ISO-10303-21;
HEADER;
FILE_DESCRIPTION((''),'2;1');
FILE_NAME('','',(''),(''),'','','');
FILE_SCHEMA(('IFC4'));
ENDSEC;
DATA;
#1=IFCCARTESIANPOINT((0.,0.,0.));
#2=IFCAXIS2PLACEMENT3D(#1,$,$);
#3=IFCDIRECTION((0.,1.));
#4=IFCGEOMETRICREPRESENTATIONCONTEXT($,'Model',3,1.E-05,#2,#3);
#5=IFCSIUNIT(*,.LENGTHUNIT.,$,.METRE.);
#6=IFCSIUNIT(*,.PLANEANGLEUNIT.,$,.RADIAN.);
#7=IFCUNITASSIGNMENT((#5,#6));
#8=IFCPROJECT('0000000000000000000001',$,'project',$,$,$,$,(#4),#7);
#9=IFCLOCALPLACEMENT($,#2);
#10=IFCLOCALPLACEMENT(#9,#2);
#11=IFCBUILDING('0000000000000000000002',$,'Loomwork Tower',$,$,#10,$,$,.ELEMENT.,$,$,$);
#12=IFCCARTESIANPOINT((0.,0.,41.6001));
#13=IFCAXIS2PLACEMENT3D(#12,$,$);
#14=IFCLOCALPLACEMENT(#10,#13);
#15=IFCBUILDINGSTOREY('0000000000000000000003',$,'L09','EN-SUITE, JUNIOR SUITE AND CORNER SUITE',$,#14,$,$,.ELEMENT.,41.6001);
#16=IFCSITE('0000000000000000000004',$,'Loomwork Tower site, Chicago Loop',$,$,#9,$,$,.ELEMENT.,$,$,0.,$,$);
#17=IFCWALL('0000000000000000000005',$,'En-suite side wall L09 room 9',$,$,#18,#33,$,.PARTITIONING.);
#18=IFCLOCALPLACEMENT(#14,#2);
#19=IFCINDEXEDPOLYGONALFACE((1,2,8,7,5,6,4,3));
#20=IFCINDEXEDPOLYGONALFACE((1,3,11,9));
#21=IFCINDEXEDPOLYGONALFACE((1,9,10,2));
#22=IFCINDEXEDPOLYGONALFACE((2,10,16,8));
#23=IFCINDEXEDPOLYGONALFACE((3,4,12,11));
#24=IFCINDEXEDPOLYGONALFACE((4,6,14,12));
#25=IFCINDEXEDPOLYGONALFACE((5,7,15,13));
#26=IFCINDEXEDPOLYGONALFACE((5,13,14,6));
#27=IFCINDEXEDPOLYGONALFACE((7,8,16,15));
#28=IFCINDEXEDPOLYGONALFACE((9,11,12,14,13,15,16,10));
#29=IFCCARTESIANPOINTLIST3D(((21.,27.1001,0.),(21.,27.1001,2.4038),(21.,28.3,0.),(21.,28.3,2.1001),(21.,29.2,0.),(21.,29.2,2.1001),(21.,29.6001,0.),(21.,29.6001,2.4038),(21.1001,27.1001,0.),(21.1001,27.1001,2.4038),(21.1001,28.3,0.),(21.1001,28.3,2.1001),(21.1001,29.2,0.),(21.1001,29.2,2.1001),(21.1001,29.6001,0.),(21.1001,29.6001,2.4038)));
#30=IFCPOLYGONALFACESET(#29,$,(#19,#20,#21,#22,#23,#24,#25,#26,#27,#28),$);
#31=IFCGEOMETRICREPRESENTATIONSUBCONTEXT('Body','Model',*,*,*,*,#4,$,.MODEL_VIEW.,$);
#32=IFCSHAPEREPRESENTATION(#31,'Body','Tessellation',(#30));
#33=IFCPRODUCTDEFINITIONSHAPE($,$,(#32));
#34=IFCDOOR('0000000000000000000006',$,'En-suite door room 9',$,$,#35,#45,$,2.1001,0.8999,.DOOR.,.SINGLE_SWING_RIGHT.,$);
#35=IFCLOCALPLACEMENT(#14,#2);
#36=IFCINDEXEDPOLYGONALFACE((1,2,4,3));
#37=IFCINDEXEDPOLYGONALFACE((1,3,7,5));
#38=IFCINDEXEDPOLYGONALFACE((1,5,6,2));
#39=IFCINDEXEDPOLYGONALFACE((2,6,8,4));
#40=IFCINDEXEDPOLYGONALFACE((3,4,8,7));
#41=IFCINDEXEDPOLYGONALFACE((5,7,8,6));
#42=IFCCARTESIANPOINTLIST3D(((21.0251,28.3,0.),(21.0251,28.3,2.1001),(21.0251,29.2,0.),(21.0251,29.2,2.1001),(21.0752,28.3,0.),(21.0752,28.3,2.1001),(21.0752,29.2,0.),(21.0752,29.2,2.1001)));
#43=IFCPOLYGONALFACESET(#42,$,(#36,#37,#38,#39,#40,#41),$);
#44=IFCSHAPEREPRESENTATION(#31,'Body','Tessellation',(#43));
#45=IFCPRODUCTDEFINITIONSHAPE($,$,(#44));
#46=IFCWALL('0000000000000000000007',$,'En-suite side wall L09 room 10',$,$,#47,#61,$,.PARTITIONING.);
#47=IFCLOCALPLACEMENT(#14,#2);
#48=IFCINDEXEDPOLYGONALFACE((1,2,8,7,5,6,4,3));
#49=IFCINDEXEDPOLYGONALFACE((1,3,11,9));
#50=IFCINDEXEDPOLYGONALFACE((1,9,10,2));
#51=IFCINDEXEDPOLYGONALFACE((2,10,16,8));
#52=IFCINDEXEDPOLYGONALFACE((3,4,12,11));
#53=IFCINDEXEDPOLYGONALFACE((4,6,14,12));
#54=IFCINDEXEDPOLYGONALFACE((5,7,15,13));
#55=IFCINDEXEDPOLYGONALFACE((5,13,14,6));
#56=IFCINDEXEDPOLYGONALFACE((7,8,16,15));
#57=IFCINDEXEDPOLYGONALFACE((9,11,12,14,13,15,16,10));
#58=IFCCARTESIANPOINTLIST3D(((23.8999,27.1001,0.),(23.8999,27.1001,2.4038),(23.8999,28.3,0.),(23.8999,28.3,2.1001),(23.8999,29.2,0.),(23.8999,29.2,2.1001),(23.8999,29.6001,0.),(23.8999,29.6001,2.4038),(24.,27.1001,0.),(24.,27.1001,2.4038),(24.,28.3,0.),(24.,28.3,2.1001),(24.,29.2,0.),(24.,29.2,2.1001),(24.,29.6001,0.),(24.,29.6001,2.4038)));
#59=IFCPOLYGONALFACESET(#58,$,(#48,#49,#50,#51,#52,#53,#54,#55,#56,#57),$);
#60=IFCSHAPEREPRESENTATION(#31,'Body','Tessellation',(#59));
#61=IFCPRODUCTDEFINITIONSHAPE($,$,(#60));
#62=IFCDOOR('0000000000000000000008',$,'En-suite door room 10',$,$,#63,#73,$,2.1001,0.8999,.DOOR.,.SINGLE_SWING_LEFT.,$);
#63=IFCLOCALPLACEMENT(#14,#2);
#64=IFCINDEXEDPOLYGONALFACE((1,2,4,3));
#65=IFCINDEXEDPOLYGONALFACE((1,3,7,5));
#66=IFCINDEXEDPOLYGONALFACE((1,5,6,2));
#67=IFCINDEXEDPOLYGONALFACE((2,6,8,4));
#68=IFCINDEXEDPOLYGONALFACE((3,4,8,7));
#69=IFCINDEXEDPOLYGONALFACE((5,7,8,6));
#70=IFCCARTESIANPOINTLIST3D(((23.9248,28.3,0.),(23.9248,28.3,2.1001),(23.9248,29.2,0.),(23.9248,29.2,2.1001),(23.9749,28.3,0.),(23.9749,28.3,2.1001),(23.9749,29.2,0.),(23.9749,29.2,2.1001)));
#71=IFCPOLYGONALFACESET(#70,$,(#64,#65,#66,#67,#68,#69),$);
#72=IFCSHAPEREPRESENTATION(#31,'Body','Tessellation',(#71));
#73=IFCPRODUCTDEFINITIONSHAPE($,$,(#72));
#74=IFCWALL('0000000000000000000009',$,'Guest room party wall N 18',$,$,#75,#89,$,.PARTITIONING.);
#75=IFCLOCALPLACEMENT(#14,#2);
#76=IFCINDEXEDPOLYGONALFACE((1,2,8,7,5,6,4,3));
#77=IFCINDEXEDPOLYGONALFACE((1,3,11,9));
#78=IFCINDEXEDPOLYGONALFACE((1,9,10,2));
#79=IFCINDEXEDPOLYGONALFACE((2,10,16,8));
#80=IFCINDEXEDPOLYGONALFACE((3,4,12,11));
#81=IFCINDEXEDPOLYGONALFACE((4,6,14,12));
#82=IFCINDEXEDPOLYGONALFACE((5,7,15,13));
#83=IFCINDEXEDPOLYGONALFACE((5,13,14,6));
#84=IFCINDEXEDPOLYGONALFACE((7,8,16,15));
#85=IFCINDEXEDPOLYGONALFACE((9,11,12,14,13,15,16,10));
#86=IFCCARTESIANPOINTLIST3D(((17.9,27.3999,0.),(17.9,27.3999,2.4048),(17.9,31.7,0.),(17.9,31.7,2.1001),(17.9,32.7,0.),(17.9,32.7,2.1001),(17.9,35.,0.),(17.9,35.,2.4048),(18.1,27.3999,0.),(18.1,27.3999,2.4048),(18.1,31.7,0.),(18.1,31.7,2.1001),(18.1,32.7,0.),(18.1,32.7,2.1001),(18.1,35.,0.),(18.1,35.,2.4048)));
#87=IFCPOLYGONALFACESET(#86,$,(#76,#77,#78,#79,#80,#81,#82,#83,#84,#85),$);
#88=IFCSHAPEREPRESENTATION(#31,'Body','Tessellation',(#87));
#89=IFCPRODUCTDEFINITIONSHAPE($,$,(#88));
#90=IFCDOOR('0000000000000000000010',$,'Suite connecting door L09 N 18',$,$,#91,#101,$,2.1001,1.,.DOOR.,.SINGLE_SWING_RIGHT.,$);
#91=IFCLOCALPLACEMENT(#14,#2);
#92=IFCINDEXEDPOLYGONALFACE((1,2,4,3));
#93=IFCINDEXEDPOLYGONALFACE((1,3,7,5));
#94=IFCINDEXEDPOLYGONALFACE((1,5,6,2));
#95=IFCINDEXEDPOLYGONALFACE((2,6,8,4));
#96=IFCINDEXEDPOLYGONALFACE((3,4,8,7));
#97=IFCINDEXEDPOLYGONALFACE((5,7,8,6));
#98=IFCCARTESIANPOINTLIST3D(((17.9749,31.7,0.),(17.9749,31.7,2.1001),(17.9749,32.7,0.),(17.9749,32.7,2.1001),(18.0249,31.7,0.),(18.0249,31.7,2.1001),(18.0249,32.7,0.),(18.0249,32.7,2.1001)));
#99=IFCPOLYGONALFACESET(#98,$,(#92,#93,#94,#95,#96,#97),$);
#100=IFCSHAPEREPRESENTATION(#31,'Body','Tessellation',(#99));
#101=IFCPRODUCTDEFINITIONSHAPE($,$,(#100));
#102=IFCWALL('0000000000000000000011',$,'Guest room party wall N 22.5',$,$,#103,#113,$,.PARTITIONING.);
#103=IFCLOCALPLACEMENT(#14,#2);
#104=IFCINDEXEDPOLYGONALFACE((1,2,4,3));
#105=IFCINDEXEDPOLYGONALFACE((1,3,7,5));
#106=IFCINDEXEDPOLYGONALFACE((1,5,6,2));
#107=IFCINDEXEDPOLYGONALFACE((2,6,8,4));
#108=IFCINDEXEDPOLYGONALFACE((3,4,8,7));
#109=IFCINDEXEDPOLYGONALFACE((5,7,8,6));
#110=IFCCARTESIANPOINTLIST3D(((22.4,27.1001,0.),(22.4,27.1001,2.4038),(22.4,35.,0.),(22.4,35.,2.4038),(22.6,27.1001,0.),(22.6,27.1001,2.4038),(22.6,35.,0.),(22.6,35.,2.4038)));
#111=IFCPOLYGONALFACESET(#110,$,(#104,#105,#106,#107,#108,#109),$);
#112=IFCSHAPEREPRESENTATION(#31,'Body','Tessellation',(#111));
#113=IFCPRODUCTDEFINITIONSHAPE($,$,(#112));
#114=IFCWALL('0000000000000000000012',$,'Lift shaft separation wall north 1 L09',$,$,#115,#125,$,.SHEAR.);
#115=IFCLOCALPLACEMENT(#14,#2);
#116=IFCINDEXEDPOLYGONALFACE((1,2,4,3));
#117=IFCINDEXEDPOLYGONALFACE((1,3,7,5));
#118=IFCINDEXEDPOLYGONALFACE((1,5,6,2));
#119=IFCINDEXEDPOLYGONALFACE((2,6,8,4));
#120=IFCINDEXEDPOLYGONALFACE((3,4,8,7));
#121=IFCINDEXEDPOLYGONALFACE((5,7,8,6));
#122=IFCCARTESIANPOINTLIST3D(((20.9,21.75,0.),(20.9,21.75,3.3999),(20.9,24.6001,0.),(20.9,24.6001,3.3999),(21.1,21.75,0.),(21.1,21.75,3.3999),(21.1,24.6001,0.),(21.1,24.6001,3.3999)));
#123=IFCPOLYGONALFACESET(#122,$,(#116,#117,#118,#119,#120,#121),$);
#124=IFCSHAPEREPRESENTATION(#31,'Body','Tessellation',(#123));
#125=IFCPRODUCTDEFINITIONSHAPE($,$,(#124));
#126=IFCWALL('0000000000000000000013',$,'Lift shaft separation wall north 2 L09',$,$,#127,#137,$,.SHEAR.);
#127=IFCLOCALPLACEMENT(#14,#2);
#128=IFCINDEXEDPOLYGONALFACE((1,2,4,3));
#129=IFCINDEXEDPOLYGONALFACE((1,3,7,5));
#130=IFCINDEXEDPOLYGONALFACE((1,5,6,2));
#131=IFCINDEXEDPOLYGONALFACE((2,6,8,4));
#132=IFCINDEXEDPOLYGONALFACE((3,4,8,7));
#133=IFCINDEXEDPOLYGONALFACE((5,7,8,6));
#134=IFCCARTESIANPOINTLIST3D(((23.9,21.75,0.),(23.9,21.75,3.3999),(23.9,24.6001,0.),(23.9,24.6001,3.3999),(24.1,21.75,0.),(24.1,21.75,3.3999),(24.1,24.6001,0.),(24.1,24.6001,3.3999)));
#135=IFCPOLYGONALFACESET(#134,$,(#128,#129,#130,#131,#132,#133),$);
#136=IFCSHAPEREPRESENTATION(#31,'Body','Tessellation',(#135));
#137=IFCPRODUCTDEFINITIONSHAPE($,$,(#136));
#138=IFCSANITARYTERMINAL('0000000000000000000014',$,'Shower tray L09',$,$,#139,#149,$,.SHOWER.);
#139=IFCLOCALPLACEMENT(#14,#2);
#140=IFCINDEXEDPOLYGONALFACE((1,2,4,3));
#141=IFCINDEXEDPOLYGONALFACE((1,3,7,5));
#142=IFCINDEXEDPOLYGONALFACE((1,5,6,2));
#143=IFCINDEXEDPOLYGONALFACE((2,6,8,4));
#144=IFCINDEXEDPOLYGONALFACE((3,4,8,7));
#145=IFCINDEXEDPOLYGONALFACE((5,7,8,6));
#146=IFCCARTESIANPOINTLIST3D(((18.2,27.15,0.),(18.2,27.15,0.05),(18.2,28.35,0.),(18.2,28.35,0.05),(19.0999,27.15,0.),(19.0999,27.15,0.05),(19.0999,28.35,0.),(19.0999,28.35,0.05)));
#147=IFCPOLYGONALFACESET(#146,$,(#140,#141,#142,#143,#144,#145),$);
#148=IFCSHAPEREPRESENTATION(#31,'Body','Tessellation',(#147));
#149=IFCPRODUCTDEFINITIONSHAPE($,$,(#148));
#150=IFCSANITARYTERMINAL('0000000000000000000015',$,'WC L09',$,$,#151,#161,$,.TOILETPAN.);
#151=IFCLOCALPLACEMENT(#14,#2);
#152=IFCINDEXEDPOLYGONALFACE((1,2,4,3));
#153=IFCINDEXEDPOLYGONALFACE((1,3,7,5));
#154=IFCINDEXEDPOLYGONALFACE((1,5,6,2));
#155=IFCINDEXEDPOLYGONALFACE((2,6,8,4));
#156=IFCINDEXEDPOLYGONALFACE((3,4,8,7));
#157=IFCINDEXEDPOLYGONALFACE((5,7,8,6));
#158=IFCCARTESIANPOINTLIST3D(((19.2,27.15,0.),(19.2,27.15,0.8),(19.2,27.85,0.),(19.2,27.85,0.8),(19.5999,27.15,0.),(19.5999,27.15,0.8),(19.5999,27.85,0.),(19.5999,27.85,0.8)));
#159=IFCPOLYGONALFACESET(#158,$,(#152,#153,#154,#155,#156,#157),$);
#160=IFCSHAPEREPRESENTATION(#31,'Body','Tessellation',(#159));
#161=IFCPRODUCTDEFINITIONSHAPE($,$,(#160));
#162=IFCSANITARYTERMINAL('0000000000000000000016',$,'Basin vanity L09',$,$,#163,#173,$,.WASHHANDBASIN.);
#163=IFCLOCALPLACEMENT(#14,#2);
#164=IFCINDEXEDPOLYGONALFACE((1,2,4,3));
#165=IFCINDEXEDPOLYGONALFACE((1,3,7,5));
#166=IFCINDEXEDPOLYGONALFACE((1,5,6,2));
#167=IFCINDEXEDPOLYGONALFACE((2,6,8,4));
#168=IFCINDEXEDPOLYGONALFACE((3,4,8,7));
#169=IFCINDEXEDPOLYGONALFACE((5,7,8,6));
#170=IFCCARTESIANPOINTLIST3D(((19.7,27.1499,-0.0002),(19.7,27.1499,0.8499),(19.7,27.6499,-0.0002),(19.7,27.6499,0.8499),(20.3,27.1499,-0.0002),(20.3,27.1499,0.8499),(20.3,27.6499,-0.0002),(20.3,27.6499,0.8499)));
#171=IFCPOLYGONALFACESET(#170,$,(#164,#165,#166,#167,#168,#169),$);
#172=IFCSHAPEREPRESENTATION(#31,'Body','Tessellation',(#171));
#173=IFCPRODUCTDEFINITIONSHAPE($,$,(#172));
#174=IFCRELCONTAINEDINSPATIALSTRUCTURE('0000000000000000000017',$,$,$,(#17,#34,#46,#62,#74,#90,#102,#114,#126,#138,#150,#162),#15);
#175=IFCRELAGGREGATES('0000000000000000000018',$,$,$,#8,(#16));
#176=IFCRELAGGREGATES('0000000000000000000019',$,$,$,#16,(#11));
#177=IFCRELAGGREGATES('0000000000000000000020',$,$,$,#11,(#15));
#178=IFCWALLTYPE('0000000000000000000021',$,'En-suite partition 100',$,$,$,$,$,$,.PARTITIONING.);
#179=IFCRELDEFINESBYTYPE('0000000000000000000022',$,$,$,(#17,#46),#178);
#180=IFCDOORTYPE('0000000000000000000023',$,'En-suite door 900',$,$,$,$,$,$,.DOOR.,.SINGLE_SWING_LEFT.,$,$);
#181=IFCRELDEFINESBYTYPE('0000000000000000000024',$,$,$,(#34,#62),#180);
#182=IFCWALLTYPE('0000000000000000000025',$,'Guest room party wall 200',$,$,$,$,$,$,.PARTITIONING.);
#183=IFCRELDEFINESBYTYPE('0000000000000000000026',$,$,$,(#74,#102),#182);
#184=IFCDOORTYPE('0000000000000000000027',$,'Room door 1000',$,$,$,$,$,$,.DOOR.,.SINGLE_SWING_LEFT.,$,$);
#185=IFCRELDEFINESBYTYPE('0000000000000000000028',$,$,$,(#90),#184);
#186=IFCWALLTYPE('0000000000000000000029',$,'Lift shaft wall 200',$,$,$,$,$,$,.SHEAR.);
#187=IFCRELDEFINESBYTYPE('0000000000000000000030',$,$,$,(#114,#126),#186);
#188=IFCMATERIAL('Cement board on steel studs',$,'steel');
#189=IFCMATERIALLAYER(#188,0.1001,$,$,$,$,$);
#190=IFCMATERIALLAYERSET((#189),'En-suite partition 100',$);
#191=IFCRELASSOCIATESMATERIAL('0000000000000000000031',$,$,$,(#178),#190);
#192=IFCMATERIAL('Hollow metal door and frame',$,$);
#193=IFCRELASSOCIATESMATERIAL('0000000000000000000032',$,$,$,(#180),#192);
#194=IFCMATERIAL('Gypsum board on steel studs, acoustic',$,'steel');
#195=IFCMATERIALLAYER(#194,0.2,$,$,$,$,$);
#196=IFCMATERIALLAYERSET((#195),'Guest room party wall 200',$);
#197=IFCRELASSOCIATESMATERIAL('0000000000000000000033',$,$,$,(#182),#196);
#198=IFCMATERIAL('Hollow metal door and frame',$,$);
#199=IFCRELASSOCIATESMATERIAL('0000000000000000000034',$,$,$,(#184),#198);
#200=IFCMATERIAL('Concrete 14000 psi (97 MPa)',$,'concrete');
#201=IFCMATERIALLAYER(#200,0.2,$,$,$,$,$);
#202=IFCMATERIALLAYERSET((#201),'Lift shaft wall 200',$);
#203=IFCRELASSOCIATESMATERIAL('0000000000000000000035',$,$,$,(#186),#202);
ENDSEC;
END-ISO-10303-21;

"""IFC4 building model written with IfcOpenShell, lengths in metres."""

from ifc_helpers import new_model, si_unit, direction, frame, frame_2d, origin, origin_2d, place, context, subcontext, project, spatial, rectangle, extrude, material, layer, layer_set, type_object, element, fill, save


model = new_model("IFC4")

# Units and contexts
model_context = context("Model", 3, precision=1e-05, world=origin(), true_north=direction((0.0, 1.0)))
body_context = subcontext(model_context, "Body", "Model", "MODEL_VIEW")
ifc_project = project(units=[si_unit("LENGTHUNIT", "METRE"), si_unit("PLANEANGLEUNIT", "RADIAN")], contexts=[model_context])

# Site, building, storey
site_placement = place(None, origin())
site = spatial("IfcSite", under=ifc_project, at=site_placement, Name="Loomwork Tower site, Chicago Loop", CompositionType="ELEMENT", RefElevation=0.0)
building_placement = place(site_placement, origin())
building = spatial("IfcBuilding", under=site, at=building_placement, Name="Loomwork Tower", CompositionType="ELEMENT")
storey_placement = place(building_placement, frame((0.0, 0.0, 41.6001)))
storey = spatial("IfcBuildingStorey", under=building, at=storey_placement, Name="L09", Description="EN-SUITE, JUNIOR SUITE AND CORNER SUITE", CompositionType="ELEMENT", Elevation=41.6001)

# Shared definitions
ifc_material_1 = material(Name="Cement board on steel studs", Category="steel")
ifc_layer_1 = layer(ifc_material_1, 0.1001)
ifc_layer_set_1 = layer_set([ifc_layer_1], Name="En-suite partition 100")
wall_type_1 = type_object("IfcWallType", Name="En-suite partition 100", PredefinedType="PARTITIONING", material=ifc_layer_set_1)

# Walls, openings, doors
wall_1_placement = place(storey_placement, frame((21.05, 27.1001, 0.0), z_axis=(0.0, 0.0, 1.0), x_axis=(0.0, 1.0, 0.0)))
wall_1 = element("IfcWall", 1, at=wall_1_placement, inside=storey, type_object=wall_type_1, Name="En-suite side wall L09 room 9", PredefinedType="PARTITIONING", context=body_context, shape_type="SweptSolid", body=[
    extrude(rectangle(XDim=2.5, YDim=0.1001, at=frame_2d((1.25, 0.0))), origin(), (0.0, 0.0, 1.0), 2.4038),
])
opening_1_placement = place(wall_1_placement, frame((1.2, 0.0, 0.0)))
opening_1 = element("IfcOpeningElement", 2, at=opening_1_placement, cuts=wall_1, PredefinedType="OPENING", context=body_context, shape_type="SweptSolid", body=[
    extrude(rectangle(XDim=0.8999, YDim=2.1001, at=frame_2d((0.45, 1.05))), frame((0.0, 0.0601, 0.0), z_axis=(0.0, -1.0, 0.0), x_axis=(1.0, 0.0, 0.0)), (0.0, 0.0, 1.0), 0.1201),
])
ifc_material_2 = material(Name="Hollow metal door and frame")
door_type_1 = type_object("IfcDoorType", Name="En-suite door 900", OperationType="SINGLE_SWING_LEFT", PredefinedType="DOOR", material=ifc_material_2)
door_1_placement = place(opening_1_placement, origin())
door_1 = element("IfcDoor", 3, at=door_1_placement, inside=storey, type_object=door_type_1, Name="En-suite door room 9", OperationType="SINGLE_SWING_RIGHT", OverallHeight=2.1001, OverallWidth=0.8999, PredefinedType="DOOR", context=body_context, shape_type="SweptSolid", body=[
    extrude(rectangle(XDim=0.8999, YDim=2.1001, at=frame_2d((0.45, 1.05))), frame((0.0, 0.0249, 0.0), z_axis=(0.0, -1.0, 0.0), x_axis=(1.0, 0.0, 0.0)), (0.0, 0.0, 1.0), 0.05),
])
fill(opening_1, door_1)
wall_2_placement = place(storey_placement, frame((23.95, 27.1001, 0.0), z_axis=(0.0, 0.0, 1.0), x_axis=(0.0, 1.0, 0.0)))
wall_2 = element("IfcWall", 4, at=wall_2_placement, inside=storey, type_object=wall_type_1, Name="En-suite side wall L09 room 10", PredefinedType="PARTITIONING", context=body_context, shape_type="SweptSolid", body=[
    extrude(rectangle(XDim=2.5, YDim=0.1001, at=frame_2d((1.25, 0.0))), origin(), (0.0, 0.0, 1.0), 2.4038),
])
opening_2_placement = place(wall_2_placement, frame((1.2, 0.0, 0.0)))
opening_2 = element("IfcOpeningElement", 5, at=opening_2_placement, cuts=wall_2, PredefinedType="OPENING", context=body_context, shape_type="SweptSolid", body=[
    extrude(rectangle(XDim=0.8999, YDim=2.1001, at=frame_2d((0.45, 1.05))), frame((0.0, 0.0601, 0.0), z_axis=(0.0, -1.0, 0.0), x_axis=(1.0, 0.0, 0.0)), (0.0, 0.0, 1.0), 0.1201),
])
door_2_placement = place(opening_2_placement, frame((0.8999, 0.0, 0.0), z_axis=(0.0, 0.0, 1.0), x_axis=(-1.0, 0.0, 0.0)))
door_2 = element("IfcDoor", 6, at=door_2_placement, inside=storey, type_object=door_type_1, Name="En-suite door room 10", OperationType="SINGLE_SWING_LEFT", OverallHeight=2.1001, OverallWidth=0.8999, PredefinedType="DOOR", context=body_context, shape_type="SweptSolid", body=[
    extrude(rectangle(XDim=0.8999, YDim=2.1001, at=frame_2d((0.45, 1.05))), frame((0.0, 0.0249, 0.0), z_axis=(0.0, -1.0, 0.0), x_axis=(1.0, 0.0, 0.0)), (0.0, 0.0, 1.0), 0.05),
])
fill(opening_2, door_2)
ifc_material_3 = material(Name="Gypsum board on steel studs, acoustic", Category="steel")
ifc_layer_2 = layer(ifc_material_3, 0.2)
ifc_layer_set_2 = layer_set([ifc_layer_2], Name="Guest room party wall 200")
wall_type_2 = type_object("IfcWallType", Name="Guest room party wall 200", PredefinedType="PARTITIONING", material=ifc_layer_set_2)
wall_3_placement = place(storey_placement, frame((18.0, 27.3999, 0.0), z_axis=(0.0, 0.0, 1.0), x_axis=(0.0, 1.0, 0.0)))
wall_3 = element("IfcWall", 7, at=wall_3_placement, inside=storey, type_object=wall_type_2, Name="Guest room party wall N 18", PredefinedType="PARTITIONING", context=body_context, shape_type="SweptSolid", body=[
    extrude(rectangle(XDim=7.6001, YDim=0.2, at=frame_2d((3.8, 0.0))), origin(), (0.0, 0.0, 1.0), 2.4048),
])
opening_3_placement = place(wall_3_placement, frame((4.3, 0.0, 0.0)))
opening_3 = element("IfcOpeningElement", 8, at=opening_3_placement, cuts=wall_3, PredefinedType="OPENING", context=body_context, shape_type="SweptSolid", body=[
    extrude(rectangle(XDim=1.0, YDim=2.1001, at=frame_2d((0.5, 1.05))), frame((0.0, 0.1099, 0.0), z_axis=(0.0, -1.0, 0.0), x_axis=(1.0, 0.0, 0.0)), (0.0, 0.0, 1.0), 0.22),
])
ifc_material_4 = material(Name="Hollow metal door and frame")
door_type_2 = type_object("IfcDoorType", Name="Room door 1000", OperationType="SINGLE_SWING_LEFT", PredefinedType="DOOR", material=ifc_material_4)
door_3_placement = place(opening_3_placement, frame((1.0, 0.0, 0.0), z_axis=(0.0, 0.0, 1.0), x_axis=(-1.0, 0.0, 0.0)))
door_3 = element("IfcDoor", 9, at=door_3_placement, inside=storey, type_object=door_type_2, Name="Suite connecting door L09 N 18", OperationType="SINGLE_SWING_RIGHT", OverallHeight=2.1001, OverallWidth=1.0, PredefinedType="DOOR", context=body_context, shape_type="SweptSolid", body=[
    extrude(rectangle(XDim=1.0, YDim=2.1001, at=frame_2d((0.5, 1.05))), frame((0.0, 0.0249, 0.0), z_axis=(0.0, -1.0, 0.0), x_axis=(1.0, 0.0, 0.0)), (0.0, 0.0, 1.0), 0.05),
])
fill(opening_3, door_3)

# Walls
wall_4_placement = place(storey_placement, frame((22.5, 27.1001, 0.0), z_axis=(0.0, 0.0, 1.0), x_axis=(0.0, 1.0, 0.0)))
element("IfcWall", 10, at=wall_4_placement, inside=storey, type_object=wall_type_2, Name="Guest room party wall N 22.5", PredefinedType="PARTITIONING", context=body_context, shape_type="SweptSolid", body=[
    extrude(rectangle(XDim=7.8999, YDim=0.2, at=frame_2d((3.95, 0.0))), origin(), (0.0, 0.0, 1.0), 2.4038),
])
ifc_material_5 = material(Name="Concrete 14000 psi (97 MPa)", Category="concrete")
ifc_layer_3 = layer(ifc_material_5, 0.2)
ifc_layer_set_3 = layer_set([ifc_layer_3], Name="Lift shaft wall 200")
wall_type_3 = type_object("IfcWallType", Name="Lift shaft wall 200", PredefinedType="SHEAR", material=ifc_layer_set_3)
for number, where, z_axis, x_axis, name in (
    (11, (21.0, 21.75, 0.0), (0.0, 0.0, 1.0), (0.0, 1.0, 0.0), "Lift shaft separation wall north 1 L09"),
    (12, (24.0, 21.75, 0.0), (0.0, 0.0, 1.0), (0.0, 1.0, 0.0), "Lift shaft separation wall north 2 L09"),
):
    element("IfcWall", number, at=place(storey_placement, frame(where, z_axis=z_axis, x_axis=x_axis)), inside=storey, type_object=wall_type_3, Name=name, PredefinedType="SHEAR", context=body_context, shape_type="SweptSolid", body=[
        extrude(rectangle(XDim=2.8501, YDim=0.2, at=frame_2d((1.425, 0.0))), origin(), (0.0, 0.0, 1.0), 3.3999),
    ])

# Sanitary terminals
sanitary_terminal_1_placement = place(storey_placement, frame((18.6499, 27.75, 0.0), z_axis=(0.0, 0.0, 1.0), x_axis=(1.0, 0.0, 0.0)))
element("IfcSanitaryTerminal", 13, at=sanitary_terminal_1_placement, inside=storey, Name="Shower tray L09", PredefinedType="SHOWER", context=body_context, shape_type="SweptSolid", body=[
    extrude(rectangle(XDim=0.8999, YDim=1.2, at=origin_2d()), origin(), (0.0, 0.0, 1.0), 0.05),
])
sanitary_terminal_2_placement = place(storey_placement, frame((19.3999, 27.5, 0.0), z_axis=(0.0, 0.0, 1.0), x_axis=(1.0, 0.0, 0.0)))
element("IfcSanitaryTerminal", 14, at=sanitary_terminal_2_placement, inside=storey, Name="WC L09", PredefinedType="TOILETPAN", context=body_context, shape_type="SweptSolid", body=[
    extrude(rectangle(XDim=0.3999, YDim=0.7, at=origin_2d()), origin(), (0.0, 0.0, 1.0), 0.8),
])
sanitary_terminal_3_placement = place(storey_placement, frame((20.0, 27.3999, -0.0002), z_axis=(0.0, 0.0, 1.0), x_axis=(1.0, 0.0, 0.0)))
element("IfcSanitaryTerminal", 15, at=sanitary_terminal_3_placement, inside=storey, Name="Basin vanity L09", PredefinedType="WASHHANDBASIN", context=body_context, shape_type="SweptSolid", body=[
    extrude(rectangle(XDim=0.6001, YDim=0.5, at=origin_2d()), origin(), (0.0, 0.0, 1.0), 0.8501),
])

save(model, "model.ifc")
